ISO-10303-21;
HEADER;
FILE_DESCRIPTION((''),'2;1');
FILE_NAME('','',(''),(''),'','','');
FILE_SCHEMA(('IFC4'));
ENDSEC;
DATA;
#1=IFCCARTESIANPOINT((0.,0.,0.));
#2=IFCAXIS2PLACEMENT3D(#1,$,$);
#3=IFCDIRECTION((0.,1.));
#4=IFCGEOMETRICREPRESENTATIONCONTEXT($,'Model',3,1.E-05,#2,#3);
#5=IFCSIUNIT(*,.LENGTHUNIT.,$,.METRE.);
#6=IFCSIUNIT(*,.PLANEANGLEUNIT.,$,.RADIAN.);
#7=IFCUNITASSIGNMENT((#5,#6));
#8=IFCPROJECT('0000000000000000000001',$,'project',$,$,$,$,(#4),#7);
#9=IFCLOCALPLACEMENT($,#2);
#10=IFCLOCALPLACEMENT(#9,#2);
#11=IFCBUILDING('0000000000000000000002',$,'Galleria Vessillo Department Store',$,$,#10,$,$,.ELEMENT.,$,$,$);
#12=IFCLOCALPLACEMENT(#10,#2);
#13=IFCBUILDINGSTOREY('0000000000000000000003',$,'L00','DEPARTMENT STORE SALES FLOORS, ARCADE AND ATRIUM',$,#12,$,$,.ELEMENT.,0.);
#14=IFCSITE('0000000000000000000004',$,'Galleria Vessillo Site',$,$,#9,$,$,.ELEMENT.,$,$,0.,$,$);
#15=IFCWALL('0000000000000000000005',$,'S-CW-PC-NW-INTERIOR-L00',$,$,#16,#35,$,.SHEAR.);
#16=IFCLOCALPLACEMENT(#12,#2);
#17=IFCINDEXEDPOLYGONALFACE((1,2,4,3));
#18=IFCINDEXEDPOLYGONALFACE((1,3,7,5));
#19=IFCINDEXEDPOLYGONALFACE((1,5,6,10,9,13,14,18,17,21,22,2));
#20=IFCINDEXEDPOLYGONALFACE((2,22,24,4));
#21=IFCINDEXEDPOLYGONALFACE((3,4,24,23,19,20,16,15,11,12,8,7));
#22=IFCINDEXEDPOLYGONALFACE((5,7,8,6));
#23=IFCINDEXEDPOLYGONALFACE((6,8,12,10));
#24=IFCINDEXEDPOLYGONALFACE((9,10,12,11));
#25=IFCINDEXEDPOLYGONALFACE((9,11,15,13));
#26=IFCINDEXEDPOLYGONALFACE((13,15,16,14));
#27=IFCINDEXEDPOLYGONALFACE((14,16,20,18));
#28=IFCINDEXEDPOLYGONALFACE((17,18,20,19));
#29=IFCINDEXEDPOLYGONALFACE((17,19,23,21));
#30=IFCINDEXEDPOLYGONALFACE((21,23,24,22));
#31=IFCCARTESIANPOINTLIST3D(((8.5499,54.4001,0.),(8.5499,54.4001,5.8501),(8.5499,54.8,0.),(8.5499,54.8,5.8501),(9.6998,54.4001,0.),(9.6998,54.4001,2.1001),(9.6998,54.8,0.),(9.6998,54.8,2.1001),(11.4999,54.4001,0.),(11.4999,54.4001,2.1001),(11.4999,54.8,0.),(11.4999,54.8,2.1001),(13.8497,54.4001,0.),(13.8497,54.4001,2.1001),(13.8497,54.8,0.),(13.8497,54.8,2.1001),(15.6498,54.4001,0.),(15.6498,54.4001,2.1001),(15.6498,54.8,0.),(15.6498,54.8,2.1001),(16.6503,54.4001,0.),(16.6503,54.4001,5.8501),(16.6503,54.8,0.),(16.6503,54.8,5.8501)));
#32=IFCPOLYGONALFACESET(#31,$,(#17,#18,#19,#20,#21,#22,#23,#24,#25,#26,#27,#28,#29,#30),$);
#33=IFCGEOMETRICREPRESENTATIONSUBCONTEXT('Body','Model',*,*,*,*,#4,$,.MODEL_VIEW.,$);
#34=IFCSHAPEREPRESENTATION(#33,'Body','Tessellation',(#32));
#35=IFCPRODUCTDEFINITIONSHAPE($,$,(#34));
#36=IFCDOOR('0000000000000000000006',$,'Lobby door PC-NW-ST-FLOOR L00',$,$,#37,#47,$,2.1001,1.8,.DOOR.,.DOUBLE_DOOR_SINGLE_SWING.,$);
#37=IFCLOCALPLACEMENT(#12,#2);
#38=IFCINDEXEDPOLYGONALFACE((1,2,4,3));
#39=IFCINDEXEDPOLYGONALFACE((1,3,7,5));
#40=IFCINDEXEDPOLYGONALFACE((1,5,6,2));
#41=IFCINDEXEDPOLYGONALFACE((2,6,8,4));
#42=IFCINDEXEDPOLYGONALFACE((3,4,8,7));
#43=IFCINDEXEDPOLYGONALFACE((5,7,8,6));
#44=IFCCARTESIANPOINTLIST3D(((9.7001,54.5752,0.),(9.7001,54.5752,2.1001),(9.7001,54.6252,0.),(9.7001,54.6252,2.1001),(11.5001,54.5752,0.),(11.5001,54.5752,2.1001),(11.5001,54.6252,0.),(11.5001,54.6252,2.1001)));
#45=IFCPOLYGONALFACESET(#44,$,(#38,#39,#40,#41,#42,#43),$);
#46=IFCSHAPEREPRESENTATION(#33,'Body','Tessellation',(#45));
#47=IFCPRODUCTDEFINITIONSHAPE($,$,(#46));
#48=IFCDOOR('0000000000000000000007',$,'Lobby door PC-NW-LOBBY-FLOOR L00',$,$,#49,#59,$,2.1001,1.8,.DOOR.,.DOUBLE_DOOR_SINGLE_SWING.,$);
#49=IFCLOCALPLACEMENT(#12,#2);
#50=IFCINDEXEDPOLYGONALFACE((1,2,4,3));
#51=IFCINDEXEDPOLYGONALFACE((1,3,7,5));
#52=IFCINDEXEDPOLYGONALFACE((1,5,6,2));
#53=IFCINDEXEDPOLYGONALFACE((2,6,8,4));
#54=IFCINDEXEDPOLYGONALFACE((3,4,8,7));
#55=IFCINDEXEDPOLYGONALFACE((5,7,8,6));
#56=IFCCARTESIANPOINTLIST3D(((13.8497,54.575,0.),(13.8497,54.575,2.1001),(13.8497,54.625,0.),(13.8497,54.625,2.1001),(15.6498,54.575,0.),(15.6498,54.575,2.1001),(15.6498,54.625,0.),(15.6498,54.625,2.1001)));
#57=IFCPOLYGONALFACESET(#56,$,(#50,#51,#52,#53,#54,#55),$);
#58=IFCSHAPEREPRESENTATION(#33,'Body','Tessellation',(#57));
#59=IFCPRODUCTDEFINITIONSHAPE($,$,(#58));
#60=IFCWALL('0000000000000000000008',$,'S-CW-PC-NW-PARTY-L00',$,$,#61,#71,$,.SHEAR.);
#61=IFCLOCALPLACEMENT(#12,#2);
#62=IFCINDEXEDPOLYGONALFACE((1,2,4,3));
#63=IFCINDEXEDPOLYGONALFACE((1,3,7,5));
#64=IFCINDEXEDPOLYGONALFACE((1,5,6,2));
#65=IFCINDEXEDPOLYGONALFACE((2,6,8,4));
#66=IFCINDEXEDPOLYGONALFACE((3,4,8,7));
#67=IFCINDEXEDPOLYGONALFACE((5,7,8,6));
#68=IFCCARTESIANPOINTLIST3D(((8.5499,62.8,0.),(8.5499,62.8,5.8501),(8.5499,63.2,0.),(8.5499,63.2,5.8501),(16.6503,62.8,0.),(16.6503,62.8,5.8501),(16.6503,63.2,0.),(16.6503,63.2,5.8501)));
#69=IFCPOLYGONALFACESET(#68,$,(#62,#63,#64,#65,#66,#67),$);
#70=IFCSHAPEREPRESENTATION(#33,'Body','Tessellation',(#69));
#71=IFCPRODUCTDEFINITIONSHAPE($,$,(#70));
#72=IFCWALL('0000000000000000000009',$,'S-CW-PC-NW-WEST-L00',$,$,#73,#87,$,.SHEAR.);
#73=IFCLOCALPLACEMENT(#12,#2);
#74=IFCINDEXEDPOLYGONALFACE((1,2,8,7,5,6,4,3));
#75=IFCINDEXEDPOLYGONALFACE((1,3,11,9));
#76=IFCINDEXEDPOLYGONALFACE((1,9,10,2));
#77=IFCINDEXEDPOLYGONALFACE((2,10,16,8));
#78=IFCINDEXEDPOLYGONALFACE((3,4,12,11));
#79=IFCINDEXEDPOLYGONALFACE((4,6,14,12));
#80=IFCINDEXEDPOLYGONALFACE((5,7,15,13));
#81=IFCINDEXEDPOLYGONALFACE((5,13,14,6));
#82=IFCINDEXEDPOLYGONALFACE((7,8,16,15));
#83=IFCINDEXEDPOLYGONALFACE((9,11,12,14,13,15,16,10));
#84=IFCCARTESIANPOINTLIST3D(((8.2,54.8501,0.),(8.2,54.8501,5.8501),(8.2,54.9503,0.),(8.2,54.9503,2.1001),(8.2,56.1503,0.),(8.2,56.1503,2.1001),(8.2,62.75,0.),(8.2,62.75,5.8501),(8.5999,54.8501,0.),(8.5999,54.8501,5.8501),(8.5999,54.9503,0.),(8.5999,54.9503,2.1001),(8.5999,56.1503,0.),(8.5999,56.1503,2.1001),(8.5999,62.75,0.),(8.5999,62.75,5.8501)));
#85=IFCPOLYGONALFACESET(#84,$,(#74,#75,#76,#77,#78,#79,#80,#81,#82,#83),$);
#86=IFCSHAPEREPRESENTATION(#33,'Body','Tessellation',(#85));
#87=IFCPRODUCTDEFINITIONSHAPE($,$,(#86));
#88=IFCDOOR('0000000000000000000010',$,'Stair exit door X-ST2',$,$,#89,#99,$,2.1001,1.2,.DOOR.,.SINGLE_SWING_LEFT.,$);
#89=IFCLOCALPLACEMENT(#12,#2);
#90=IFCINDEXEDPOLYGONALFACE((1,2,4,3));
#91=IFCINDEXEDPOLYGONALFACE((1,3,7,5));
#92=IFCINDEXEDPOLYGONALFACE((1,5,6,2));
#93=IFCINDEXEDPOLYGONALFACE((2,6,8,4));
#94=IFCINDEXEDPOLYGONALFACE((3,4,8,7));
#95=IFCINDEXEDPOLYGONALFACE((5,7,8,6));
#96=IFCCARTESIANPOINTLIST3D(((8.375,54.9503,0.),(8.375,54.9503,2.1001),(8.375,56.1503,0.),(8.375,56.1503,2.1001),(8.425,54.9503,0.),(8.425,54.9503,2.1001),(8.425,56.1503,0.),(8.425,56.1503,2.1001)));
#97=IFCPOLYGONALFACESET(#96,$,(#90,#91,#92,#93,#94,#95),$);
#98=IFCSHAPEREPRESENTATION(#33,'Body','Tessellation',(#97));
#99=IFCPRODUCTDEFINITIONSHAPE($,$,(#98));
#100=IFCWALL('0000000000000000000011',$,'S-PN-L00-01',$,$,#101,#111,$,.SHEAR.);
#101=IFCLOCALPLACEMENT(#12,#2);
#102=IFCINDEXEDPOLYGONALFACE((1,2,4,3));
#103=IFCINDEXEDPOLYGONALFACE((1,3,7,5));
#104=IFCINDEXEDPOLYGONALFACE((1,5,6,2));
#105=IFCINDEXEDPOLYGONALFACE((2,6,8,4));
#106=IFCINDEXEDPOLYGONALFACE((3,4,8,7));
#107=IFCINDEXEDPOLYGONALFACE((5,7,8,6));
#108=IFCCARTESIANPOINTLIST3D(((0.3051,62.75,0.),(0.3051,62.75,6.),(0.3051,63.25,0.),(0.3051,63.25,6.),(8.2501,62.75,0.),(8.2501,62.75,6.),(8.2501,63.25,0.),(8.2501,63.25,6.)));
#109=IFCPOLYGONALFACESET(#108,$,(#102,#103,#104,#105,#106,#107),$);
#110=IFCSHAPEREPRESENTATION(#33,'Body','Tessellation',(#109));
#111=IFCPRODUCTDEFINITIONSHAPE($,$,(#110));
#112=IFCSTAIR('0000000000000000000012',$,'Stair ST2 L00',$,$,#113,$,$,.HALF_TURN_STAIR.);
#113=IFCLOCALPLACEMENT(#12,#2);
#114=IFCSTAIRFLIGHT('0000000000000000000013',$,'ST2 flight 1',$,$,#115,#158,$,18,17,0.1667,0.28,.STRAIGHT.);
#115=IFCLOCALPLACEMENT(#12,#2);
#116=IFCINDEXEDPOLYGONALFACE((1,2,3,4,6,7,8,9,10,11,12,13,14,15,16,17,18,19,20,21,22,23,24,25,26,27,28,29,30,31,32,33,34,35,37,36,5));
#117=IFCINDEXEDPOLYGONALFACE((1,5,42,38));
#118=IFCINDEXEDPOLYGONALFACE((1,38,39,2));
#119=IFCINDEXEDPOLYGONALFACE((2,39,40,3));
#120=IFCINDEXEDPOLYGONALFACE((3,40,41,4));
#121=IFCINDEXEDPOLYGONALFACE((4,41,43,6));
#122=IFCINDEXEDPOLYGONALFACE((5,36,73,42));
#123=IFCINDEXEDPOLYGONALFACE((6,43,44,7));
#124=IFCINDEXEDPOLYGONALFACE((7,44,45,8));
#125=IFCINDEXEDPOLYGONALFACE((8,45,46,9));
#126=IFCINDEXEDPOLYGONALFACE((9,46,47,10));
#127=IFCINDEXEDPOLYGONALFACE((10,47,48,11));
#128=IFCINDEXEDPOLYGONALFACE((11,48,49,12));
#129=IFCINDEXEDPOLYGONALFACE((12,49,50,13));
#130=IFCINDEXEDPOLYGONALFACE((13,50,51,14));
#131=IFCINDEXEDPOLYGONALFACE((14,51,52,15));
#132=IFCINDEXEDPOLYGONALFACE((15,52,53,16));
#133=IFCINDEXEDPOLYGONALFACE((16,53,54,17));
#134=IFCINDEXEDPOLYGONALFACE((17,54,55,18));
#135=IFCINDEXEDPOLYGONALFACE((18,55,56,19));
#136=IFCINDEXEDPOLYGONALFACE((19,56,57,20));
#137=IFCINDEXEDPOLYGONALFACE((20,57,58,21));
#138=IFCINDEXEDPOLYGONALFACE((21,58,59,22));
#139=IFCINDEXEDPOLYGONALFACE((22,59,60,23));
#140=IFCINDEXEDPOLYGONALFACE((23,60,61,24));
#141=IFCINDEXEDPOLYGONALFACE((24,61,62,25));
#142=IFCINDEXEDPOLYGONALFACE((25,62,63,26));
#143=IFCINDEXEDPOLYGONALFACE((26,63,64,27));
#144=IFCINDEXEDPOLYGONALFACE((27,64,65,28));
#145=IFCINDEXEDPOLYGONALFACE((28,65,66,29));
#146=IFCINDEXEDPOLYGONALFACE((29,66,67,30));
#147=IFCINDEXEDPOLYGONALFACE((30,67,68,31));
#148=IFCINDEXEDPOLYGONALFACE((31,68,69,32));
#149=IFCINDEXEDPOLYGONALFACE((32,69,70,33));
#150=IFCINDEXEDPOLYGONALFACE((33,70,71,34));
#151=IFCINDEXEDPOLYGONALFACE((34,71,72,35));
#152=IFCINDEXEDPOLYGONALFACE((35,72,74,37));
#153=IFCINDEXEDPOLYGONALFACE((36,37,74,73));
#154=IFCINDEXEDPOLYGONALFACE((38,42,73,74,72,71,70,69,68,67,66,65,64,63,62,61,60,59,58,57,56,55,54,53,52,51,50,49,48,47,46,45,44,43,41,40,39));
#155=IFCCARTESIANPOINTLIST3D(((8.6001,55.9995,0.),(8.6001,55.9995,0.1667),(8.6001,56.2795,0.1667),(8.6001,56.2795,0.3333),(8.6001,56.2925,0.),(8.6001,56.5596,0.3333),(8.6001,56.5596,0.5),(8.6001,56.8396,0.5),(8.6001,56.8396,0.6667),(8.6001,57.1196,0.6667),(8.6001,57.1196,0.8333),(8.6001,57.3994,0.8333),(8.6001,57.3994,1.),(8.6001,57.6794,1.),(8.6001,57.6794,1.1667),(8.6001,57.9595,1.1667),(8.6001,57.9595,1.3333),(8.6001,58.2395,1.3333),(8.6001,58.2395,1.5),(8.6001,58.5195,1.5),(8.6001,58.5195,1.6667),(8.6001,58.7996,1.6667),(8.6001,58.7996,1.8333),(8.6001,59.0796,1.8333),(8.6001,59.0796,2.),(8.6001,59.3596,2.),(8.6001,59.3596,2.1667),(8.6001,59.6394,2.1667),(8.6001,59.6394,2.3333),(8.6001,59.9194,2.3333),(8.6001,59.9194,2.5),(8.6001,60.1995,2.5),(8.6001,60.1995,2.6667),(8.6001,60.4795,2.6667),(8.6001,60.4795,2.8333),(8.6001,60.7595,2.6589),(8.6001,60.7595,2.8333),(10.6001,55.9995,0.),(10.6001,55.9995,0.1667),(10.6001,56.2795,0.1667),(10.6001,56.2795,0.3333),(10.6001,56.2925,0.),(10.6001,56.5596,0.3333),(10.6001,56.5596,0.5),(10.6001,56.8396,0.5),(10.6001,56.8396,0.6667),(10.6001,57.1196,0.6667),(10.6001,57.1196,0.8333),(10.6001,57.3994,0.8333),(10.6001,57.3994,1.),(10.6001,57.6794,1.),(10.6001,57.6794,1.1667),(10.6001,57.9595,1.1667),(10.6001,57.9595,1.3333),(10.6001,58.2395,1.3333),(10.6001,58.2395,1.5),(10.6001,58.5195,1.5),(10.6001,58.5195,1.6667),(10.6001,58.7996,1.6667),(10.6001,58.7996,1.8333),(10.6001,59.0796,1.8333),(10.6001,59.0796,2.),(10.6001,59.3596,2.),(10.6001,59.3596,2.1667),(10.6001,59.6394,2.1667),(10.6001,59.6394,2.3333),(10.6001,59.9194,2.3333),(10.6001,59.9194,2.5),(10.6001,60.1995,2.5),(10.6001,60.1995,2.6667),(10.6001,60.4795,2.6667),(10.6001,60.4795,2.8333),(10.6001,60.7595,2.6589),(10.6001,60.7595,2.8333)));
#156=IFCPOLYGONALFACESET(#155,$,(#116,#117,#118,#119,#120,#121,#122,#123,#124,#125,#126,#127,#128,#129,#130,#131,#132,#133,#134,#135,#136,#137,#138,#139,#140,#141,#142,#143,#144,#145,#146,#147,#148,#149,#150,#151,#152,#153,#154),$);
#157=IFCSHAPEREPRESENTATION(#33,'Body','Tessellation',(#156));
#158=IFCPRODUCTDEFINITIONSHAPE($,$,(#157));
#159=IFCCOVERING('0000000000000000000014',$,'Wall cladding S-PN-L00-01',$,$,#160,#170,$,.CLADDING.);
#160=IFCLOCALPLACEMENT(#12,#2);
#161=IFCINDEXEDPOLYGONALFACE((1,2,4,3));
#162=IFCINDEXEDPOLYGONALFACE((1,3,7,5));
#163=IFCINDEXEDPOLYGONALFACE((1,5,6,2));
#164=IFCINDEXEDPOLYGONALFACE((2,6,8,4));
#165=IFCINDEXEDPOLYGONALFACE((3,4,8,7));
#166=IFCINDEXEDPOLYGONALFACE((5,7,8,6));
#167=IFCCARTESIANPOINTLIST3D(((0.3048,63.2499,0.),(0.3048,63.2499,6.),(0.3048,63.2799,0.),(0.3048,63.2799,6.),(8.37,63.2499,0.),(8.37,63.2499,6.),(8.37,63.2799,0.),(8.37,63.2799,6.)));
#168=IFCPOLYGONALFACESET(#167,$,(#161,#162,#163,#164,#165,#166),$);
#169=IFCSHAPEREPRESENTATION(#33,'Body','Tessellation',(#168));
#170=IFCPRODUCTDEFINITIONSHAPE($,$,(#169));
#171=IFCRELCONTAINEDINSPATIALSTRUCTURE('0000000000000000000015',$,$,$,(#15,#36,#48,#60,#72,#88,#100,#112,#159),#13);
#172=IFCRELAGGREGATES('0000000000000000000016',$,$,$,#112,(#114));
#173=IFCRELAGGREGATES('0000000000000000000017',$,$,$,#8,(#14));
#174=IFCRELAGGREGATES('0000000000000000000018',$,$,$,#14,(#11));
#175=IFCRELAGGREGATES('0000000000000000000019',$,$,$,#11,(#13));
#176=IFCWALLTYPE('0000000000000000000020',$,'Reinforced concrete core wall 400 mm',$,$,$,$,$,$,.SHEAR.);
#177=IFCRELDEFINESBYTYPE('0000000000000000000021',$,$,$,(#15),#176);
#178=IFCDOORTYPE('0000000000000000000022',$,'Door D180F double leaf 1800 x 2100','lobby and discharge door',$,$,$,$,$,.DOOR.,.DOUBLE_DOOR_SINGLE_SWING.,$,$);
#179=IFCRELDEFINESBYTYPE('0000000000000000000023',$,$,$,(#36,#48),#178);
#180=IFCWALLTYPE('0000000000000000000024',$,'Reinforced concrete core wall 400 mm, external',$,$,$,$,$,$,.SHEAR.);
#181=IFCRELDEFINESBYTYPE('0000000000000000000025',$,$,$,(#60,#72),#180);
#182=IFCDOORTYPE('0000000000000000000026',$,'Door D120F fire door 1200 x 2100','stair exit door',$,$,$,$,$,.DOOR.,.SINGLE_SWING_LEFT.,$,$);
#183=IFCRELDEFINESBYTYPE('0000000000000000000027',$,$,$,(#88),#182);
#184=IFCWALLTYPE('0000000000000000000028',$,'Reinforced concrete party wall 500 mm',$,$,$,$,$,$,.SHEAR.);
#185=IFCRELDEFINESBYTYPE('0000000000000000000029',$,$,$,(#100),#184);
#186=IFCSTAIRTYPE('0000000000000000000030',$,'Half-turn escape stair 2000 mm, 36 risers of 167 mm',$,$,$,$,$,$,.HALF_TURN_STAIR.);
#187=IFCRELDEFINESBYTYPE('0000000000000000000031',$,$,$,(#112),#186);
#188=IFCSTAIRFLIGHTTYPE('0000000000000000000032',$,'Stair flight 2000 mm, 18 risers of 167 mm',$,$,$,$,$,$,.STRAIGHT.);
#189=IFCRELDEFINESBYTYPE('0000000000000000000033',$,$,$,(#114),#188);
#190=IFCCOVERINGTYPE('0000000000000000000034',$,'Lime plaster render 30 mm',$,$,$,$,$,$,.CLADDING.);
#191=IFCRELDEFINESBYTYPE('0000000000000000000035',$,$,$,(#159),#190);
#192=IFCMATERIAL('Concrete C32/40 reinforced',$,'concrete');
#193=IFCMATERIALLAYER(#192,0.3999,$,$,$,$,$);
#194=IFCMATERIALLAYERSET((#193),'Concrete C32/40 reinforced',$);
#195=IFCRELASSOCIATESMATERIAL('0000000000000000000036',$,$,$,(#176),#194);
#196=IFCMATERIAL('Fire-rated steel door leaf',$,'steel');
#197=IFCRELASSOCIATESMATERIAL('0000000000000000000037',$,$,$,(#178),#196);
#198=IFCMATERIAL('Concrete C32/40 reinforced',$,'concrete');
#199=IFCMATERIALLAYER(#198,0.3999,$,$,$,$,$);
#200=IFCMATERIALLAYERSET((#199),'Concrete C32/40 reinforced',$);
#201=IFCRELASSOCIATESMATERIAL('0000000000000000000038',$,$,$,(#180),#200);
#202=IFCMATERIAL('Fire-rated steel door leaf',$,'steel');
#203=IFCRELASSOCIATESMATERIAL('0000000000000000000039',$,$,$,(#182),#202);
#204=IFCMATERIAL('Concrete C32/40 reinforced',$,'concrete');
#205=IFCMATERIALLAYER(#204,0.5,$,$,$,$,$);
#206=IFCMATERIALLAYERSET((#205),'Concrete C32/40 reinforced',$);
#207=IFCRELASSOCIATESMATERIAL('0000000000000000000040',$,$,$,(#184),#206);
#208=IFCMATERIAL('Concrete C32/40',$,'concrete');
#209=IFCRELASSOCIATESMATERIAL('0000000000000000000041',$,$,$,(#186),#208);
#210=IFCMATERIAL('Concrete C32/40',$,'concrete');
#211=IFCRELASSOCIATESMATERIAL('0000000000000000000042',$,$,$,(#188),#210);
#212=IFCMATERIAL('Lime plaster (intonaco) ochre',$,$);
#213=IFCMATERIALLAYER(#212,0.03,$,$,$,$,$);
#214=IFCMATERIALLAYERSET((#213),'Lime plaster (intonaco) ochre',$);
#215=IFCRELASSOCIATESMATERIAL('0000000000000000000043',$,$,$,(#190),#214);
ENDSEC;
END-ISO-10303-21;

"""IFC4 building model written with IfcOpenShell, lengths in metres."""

from ifc_helpers import new_model, si_unit, direction, frame, frame_2d, origin, origin_2d, place, context, subcontext, project, spatial, polyline, rectangle, outline, extrude, material, layer, layer_set, type_object, element, fill, aggregate, save


model = new_model("IFC4")

# Units and contexts
model_context = context("Model", 3, precision=1e-05, world=origin(), true_north=direction((0.0, 1.0)))
body_context = subcontext(model_context, "Body", "Model", "MODEL_VIEW")
ifc_project = project(units=[si_unit("LENGTHUNIT", "METRE"), si_unit("PLANEANGLEUNIT", "RADIAN")], contexts=[model_context])

# Site, building, storey
site_placement = place(None, origin())
site = spatial("IfcSite", under=ifc_project, at=site_placement, Name="Galleria Vessillo Site", CompositionType="ELEMENT", RefElevation=0.0)
building_placement = place(site_placement, origin())
building = spatial("IfcBuilding", under=site, at=building_placement, Name="Galleria Vessillo Department Store", CompositionType="ELEMENT")
storey_placement = place(building_placement, origin())
storey = spatial("IfcBuildingStorey", under=building, at=storey_placement, Name="L00", Description="DEPARTMENT STORE SALES FLOORS, ARCADE AND ATRIUM", CompositionType="ELEMENT", Elevation=0.0)

# Wall, openings, doors
ifc_material_1 = material(Name="Concrete C32/40 reinforced", Category="concrete")
ifc_layer_1 = layer(ifc_material_1, 0.3999)
ifc_layer_set_1 = layer_set([ifc_layer_1], Name="Concrete C32/40 reinforced")
wall_type_1 = type_object("IfcWallType", Name="Reinforced concrete core wall 400 mm", PredefinedType="SHEAR", material=ifc_layer_set_1)
wall_1_placement = place(storey_placement, frame((8.5498, 54.6001, 0.0), z_axis=(0.0, 0.0, 1.0), x_axis=(1.0, 0.0, 0.0)))
wall_1 = element("IfcWall", 1, at=wall_1_placement, inside=storey, type_object=wall_type_1, Name="S-CW-PC-NW-INTERIOR-L00", PredefinedType="SHEAR", context=body_context, shape_type="SweptSolid", body=[
    extrude(rectangle(XDim=8.1003, YDim=0.3999, at=frame_2d((4.0503, 0.0))), origin(), (0.0, 0.0, 1.0), 5.8501),
])
opening_1_placement = place(wall_1_placement, frame((1.1501, 0.0, 0.0)))
opening_1 = element("IfcOpeningElement", 2, at=opening_1_placement, cuts=wall_1, PredefinedType="OPENING", context=body_context, shape_type="SweptSolid", body=[
    extrude(rectangle(XDim=1.8, YDim=2.1001, at=frame_2d((0.8999, 1.05))), frame((0.0, 0.21, 0.0), z_axis=(0.0, -1.0, 0.0), x_axis=(1.0, 0.0, 0.0)), (0.0, 0.0, 1.0), 0.4199),
])
opening_2_placement = place(wall_1_placement, frame((5.3, 0.0, 0.0)))
opening_2 = element("IfcOpeningElement", 3, at=opening_2_placement, cuts=wall_1, PredefinedType="OPENING", context=body_context, shape_type="SweptSolid", body=[
    extrude(rectangle(XDim=1.8, YDim=2.1001, at=frame_2d((0.8999, 1.05))), frame((0.0, 0.21, 0.0), z_axis=(0.0, -1.0, 0.0), x_axis=(1.0, 0.0, 0.0)), (0.0, 0.0, 1.0), 0.4199),
])
ifc_material_2 = material(Name="Fire-rated steel door leaf", Category="steel")
door_type_1 = type_object("IfcDoorType", Name="Door D180F double leaf 1800 x 2100", Description="lobby and discharge door", OperationType="DOUBLE_DOOR_SINGLE_SWING", PredefinedType="DOOR", material=ifc_material_2)
door_1_placement = place(opening_1_placement, frame((1.8, 0.0, 0.0), z_axis=(0.0, 0.0, 1.0), x_axis=(-1.0, 0.0, 0.0)))
door_1 = element("IfcDoor", 4, at=door_1_placement, inside=storey, type_object=door_type_1, Name="Lobby door PC-NW-ST-FLOOR L00", OperationType="DOUBLE_DOOR_SINGLE_SWING", OverallHeight=2.1001, OverallWidth=1.8, PredefinedType="DOOR", context=body_context, shape_type="SweptSolid", body=[
    extrude(rectangle(XDim=1.8, YDim=2.1001, at=frame_2d((0.8999, 1.05))), frame((0.0, 0.0249, 0.0), z_axis=(0.0, -1.0, 0.0), x_axis=(1.0, 0.0, 0.0)), (0.0, 0.0, 1.0), 0.05),
])
fill(opening_1, door_1)
door_2_placement = place(opening_2_placement, origin())
door_2 = element("IfcDoor", 5, at=door_2_placement, inside=storey, type_object=door_type_1, Name="Lobby door PC-NW-LOBBY-FLOOR L00", OperationType="DOUBLE_DOOR_SINGLE_SWING", OverallHeight=2.1001, OverallWidth=1.8, PredefinedType="DOOR", context=body_context, shape_type="SweptSolid", body=[
    extrude(rectangle(XDim=1.8, YDim=2.1001, at=frame_2d((0.8999, 1.05))), frame((0.0, 0.0249, 0.0), z_axis=(0.0, -1.0, 0.0), x_axis=(1.0, 0.0, 0.0)), (0.0, 0.0, 1.0), 0.05),
])
fill(opening_2, door_2)

# Wall
ifc_material_3 = material(Name="Concrete C32/40 reinforced", Category="concrete")
ifc_layer_2 = layer(ifc_material_3, 0.3999)
ifc_layer_set_2 = layer_set([ifc_layer_2], Name="Concrete C32/40 reinforced")
wall_type_2 = type_object("IfcWallType", Name="Reinforced concrete core wall 400 mm, external", PredefinedType="SHEAR", material=ifc_layer_set_2)
wall_2_placement = place(storey_placement, frame((8.5498, 63.0, 0.0), z_axis=(0.0, 0.0, 1.0), x_axis=(1.0, 0.0, 0.0)))
element("IfcWall", 6, at=wall_2_placement, inside=storey, type_object=wall_type_2, Name="S-CW-PC-NW-PARTY-L00", PredefinedType="SHEAR", context=body_context, shape_type="SweptSolid", body=[
    extrude(rectangle(XDim=8.1003, YDim=0.3999, at=frame_2d((4.0503, 0.0))), origin(), (0.0, 0.0, 1.0), 5.8501),
])

# Wall, opening, door
wall_3_placement = place(storey_placement, frame((8.3999, 54.8501, 0.0), z_axis=(0.0, 0.0, 1.0), x_axis=(0.0, 1.0, 0.0)))
wall_3 = element("IfcWall", 7, at=wall_3_placement, inside=storey, type_object=wall_type_2, Name="S-CW-PC-NW-WEST-L00", PredefinedType="SHEAR", context=body_context, shape_type="SweptSolid", body=[
    extrude(rectangle(XDim=7.8999, YDim=0.3999, at=frame_2d((3.95, 0.0))), origin(), (0.0, 0.0, 1.0), 5.8501),
])
opening_3_placement = place(wall_3_placement, frame((0.1001, 0.0, 0.0)))
opening_3 = element("IfcOpeningElement", 8, at=opening_3_placement, cuts=wall_3, PredefinedType="OPENING", context=body_context, shape_type="SweptSolid", body=[
    extrude(rectangle(XDim=1.2, YDim=2.1001, at=frame_2d((0.6001, 1.05))), frame((0.0, 0.21, 0.0), z_axis=(0.0, -1.0, 0.0), x_axis=(1.0, 0.0, 0.0)), (0.0, 0.0, 1.0), 0.4199),
])
ifc_material_4 = material(Name="Fire-rated steel door leaf", Category="steel")
door_type_2 = type_object("IfcDoorType", Name="Door D120F fire door 1200 x 2100", Description="stair exit door", OperationType="SINGLE_SWING_LEFT", PredefinedType="DOOR", material=ifc_material_4)
door_3_placement = place(opening_3_placement, origin())
door_3 = element("IfcDoor", 9, at=door_3_placement, inside=storey, type_object=door_type_2, Name="Stair exit door X-ST2", OperationType="SINGLE_SWING_LEFT", OverallHeight=2.1001, OverallWidth=1.2, PredefinedType="DOOR", context=body_context, shape_type="SweptSolid", body=[
    extrude(rectangle(XDim=1.2, YDim=2.1001, at=frame_2d((0.6001, 1.05))), frame((0.0, 0.0249, 0.0), z_axis=(0.0, -1.0, 0.0), x_axis=(1.0, 0.0, 0.0)), (0.0, 0.0, 1.0), 0.05),
])
fill(opening_3, door_3)

# Wall
ifc_material_5 = material(Name="Concrete C32/40 reinforced", Category="concrete")
ifc_layer_3 = layer(ifc_material_5, 0.5)
ifc_layer_set_3 = layer_set([ifc_layer_3], Name="Concrete C32/40 reinforced")
wall_type_3 = type_object("IfcWallType", Name="Reinforced concrete party wall 500 mm", PredefinedType="SHEAR", material=ifc_layer_set_3)
wall_4_placement = place(storey_placement, frame((0.3049, 63.0, 0.0), z_axis=(0.0, 0.0, 1.0), x_axis=(1.0, 0.0, 0.0)))
element("IfcWall", 10, at=wall_4_placement, inside=storey, type_object=wall_type_3, Name="S-PN-L00-01", PredefinedType="SHEAR", context=body_context, shape_type="SweptSolid", body=[
    extrude(rectangle(XDim=7.9451, YDim=0.5, at=frame_2d((3.9727, 0.0))), origin(), (0.0, 0.0, 1.0), 6.0),
])

# Stair, stair flight
ifc_material_6 = material(Name="Concrete C32/40", Category="concrete")
stair_type = type_object("IfcStairType", Name="Half-turn escape stair 2000 mm, 36 risers of 167 mm", PredefinedType="HALF_TURN_STAIR", material=ifc_material_6)
stair_placement = place(storey_placement, origin())
stair = element("IfcStair", 11, at=stair_placement, inside=storey, type_object=stair_type, Name="Stair ST2 L00", PredefinedType="HALF_TURN_STAIR")
ifc_material_7 = material(Name="Concrete C32/40", Category="concrete")
stair_flight_type = type_object("IfcStairFlightType", Name="Stair flight 2000 mm, 18 risers of 167 mm", PredefinedType="STRAIGHT", material=ifc_material_7)
stair_flight_placement = place(storey_placement, frame((9.6001, 55.9995, 0.0), z_axis=(0.0, 0.0, 1.0), x_axis=(0.0, 1.0, 0.0)))
stair_flight = element("IfcStairFlight", 12, at=stair_flight_placement, type_object=stair_flight_type, Name="ST2 flight 1", NumberOfRisers=18, NumberOfTreads=17, PredefinedType="STRAIGHT", RiserHeight=0.1667, TreadLength=0.28, context=body_context, shape_type="SweptSolid", body=[
    extrude(outline(polyline([(0.0, 0.0), (0.0, 0.1667), (0.28, 0.1667), (0.28, 0.3333), (0.5601, 0.3333), (0.5601, 0.5), (0.8401, 0.5), (0.8401, 0.6667), (1.1201, 0.6667), (1.1201, 0.8333), (1.3999, 0.8333), (1.3999, 1.0), (1.6799, 1.0), (1.6799, 1.1667), (1.96, 1.1667), (1.96, 1.3333), (2.24, 1.3333), (2.24, 1.5), (2.52, 1.5), (2.52, 1.6667), (2.8, 1.6667), (2.8, 1.8333), (3.0801, 1.8333), (3.0801, 2.0), (3.3601, 2.0), (3.3601, 2.1667), (3.6399, 2.1667), (3.6399, 2.3333), (3.9199, 2.3333), (3.9199, 2.5), (4.2, 2.5), (4.2, 2.6667), (4.48, 2.6667), (4.48, 2.8333), (4.76, 2.8333), (4.76, 3.0), (4.76, 2.6589), (0.293, 0.0), (0.0, 0.0)])), frame((0.0, 1.0, 0.0), z_axis=(0.0, -1.0, 0.0), x_axis=(1.0, 0.0, 0.0)), (0.0, 0.0, 1.0), 2.0),
])
aggregate(stair, [stair_flight])

# Covering
ifc_material_8 = material(Name="Lime plaster (intonaco) ochre")
ifc_layer_4 = layer(ifc_material_8, 0.03)
ifc_layer_set_4 = layer_set([ifc_layer_4], Name="Lime plaster (intonaco) ochre")
covering_type_1 = type_object("IfcCoveringType", Name="Lime plaster render 30 mm", PredefinedType="CLADDING", material=ifc_layer_set_4)
covering_1_placement = place(storey_placement, frame((4.3374, 63.2649, 0.0), z_axis=(0.0, 0.0, 1.0), x_axis=(1.0, 0.0, 0.0)))
element("IfcCovering", 13, at=covering_1_placement, inside=storey, type_object=covering_type_1, Name="Wall cladding S-PN-L00-01", PredefinedType="CLADDING", context=body_context, shape_type="SweptSolid", body=[
    extrude(rectangle(XDim=8.0652, YDim=0.03, at=origin_2d()), origin(), (0.0, 0.0, 1.0), 6.0),
])

save(model, "model.ifc")
